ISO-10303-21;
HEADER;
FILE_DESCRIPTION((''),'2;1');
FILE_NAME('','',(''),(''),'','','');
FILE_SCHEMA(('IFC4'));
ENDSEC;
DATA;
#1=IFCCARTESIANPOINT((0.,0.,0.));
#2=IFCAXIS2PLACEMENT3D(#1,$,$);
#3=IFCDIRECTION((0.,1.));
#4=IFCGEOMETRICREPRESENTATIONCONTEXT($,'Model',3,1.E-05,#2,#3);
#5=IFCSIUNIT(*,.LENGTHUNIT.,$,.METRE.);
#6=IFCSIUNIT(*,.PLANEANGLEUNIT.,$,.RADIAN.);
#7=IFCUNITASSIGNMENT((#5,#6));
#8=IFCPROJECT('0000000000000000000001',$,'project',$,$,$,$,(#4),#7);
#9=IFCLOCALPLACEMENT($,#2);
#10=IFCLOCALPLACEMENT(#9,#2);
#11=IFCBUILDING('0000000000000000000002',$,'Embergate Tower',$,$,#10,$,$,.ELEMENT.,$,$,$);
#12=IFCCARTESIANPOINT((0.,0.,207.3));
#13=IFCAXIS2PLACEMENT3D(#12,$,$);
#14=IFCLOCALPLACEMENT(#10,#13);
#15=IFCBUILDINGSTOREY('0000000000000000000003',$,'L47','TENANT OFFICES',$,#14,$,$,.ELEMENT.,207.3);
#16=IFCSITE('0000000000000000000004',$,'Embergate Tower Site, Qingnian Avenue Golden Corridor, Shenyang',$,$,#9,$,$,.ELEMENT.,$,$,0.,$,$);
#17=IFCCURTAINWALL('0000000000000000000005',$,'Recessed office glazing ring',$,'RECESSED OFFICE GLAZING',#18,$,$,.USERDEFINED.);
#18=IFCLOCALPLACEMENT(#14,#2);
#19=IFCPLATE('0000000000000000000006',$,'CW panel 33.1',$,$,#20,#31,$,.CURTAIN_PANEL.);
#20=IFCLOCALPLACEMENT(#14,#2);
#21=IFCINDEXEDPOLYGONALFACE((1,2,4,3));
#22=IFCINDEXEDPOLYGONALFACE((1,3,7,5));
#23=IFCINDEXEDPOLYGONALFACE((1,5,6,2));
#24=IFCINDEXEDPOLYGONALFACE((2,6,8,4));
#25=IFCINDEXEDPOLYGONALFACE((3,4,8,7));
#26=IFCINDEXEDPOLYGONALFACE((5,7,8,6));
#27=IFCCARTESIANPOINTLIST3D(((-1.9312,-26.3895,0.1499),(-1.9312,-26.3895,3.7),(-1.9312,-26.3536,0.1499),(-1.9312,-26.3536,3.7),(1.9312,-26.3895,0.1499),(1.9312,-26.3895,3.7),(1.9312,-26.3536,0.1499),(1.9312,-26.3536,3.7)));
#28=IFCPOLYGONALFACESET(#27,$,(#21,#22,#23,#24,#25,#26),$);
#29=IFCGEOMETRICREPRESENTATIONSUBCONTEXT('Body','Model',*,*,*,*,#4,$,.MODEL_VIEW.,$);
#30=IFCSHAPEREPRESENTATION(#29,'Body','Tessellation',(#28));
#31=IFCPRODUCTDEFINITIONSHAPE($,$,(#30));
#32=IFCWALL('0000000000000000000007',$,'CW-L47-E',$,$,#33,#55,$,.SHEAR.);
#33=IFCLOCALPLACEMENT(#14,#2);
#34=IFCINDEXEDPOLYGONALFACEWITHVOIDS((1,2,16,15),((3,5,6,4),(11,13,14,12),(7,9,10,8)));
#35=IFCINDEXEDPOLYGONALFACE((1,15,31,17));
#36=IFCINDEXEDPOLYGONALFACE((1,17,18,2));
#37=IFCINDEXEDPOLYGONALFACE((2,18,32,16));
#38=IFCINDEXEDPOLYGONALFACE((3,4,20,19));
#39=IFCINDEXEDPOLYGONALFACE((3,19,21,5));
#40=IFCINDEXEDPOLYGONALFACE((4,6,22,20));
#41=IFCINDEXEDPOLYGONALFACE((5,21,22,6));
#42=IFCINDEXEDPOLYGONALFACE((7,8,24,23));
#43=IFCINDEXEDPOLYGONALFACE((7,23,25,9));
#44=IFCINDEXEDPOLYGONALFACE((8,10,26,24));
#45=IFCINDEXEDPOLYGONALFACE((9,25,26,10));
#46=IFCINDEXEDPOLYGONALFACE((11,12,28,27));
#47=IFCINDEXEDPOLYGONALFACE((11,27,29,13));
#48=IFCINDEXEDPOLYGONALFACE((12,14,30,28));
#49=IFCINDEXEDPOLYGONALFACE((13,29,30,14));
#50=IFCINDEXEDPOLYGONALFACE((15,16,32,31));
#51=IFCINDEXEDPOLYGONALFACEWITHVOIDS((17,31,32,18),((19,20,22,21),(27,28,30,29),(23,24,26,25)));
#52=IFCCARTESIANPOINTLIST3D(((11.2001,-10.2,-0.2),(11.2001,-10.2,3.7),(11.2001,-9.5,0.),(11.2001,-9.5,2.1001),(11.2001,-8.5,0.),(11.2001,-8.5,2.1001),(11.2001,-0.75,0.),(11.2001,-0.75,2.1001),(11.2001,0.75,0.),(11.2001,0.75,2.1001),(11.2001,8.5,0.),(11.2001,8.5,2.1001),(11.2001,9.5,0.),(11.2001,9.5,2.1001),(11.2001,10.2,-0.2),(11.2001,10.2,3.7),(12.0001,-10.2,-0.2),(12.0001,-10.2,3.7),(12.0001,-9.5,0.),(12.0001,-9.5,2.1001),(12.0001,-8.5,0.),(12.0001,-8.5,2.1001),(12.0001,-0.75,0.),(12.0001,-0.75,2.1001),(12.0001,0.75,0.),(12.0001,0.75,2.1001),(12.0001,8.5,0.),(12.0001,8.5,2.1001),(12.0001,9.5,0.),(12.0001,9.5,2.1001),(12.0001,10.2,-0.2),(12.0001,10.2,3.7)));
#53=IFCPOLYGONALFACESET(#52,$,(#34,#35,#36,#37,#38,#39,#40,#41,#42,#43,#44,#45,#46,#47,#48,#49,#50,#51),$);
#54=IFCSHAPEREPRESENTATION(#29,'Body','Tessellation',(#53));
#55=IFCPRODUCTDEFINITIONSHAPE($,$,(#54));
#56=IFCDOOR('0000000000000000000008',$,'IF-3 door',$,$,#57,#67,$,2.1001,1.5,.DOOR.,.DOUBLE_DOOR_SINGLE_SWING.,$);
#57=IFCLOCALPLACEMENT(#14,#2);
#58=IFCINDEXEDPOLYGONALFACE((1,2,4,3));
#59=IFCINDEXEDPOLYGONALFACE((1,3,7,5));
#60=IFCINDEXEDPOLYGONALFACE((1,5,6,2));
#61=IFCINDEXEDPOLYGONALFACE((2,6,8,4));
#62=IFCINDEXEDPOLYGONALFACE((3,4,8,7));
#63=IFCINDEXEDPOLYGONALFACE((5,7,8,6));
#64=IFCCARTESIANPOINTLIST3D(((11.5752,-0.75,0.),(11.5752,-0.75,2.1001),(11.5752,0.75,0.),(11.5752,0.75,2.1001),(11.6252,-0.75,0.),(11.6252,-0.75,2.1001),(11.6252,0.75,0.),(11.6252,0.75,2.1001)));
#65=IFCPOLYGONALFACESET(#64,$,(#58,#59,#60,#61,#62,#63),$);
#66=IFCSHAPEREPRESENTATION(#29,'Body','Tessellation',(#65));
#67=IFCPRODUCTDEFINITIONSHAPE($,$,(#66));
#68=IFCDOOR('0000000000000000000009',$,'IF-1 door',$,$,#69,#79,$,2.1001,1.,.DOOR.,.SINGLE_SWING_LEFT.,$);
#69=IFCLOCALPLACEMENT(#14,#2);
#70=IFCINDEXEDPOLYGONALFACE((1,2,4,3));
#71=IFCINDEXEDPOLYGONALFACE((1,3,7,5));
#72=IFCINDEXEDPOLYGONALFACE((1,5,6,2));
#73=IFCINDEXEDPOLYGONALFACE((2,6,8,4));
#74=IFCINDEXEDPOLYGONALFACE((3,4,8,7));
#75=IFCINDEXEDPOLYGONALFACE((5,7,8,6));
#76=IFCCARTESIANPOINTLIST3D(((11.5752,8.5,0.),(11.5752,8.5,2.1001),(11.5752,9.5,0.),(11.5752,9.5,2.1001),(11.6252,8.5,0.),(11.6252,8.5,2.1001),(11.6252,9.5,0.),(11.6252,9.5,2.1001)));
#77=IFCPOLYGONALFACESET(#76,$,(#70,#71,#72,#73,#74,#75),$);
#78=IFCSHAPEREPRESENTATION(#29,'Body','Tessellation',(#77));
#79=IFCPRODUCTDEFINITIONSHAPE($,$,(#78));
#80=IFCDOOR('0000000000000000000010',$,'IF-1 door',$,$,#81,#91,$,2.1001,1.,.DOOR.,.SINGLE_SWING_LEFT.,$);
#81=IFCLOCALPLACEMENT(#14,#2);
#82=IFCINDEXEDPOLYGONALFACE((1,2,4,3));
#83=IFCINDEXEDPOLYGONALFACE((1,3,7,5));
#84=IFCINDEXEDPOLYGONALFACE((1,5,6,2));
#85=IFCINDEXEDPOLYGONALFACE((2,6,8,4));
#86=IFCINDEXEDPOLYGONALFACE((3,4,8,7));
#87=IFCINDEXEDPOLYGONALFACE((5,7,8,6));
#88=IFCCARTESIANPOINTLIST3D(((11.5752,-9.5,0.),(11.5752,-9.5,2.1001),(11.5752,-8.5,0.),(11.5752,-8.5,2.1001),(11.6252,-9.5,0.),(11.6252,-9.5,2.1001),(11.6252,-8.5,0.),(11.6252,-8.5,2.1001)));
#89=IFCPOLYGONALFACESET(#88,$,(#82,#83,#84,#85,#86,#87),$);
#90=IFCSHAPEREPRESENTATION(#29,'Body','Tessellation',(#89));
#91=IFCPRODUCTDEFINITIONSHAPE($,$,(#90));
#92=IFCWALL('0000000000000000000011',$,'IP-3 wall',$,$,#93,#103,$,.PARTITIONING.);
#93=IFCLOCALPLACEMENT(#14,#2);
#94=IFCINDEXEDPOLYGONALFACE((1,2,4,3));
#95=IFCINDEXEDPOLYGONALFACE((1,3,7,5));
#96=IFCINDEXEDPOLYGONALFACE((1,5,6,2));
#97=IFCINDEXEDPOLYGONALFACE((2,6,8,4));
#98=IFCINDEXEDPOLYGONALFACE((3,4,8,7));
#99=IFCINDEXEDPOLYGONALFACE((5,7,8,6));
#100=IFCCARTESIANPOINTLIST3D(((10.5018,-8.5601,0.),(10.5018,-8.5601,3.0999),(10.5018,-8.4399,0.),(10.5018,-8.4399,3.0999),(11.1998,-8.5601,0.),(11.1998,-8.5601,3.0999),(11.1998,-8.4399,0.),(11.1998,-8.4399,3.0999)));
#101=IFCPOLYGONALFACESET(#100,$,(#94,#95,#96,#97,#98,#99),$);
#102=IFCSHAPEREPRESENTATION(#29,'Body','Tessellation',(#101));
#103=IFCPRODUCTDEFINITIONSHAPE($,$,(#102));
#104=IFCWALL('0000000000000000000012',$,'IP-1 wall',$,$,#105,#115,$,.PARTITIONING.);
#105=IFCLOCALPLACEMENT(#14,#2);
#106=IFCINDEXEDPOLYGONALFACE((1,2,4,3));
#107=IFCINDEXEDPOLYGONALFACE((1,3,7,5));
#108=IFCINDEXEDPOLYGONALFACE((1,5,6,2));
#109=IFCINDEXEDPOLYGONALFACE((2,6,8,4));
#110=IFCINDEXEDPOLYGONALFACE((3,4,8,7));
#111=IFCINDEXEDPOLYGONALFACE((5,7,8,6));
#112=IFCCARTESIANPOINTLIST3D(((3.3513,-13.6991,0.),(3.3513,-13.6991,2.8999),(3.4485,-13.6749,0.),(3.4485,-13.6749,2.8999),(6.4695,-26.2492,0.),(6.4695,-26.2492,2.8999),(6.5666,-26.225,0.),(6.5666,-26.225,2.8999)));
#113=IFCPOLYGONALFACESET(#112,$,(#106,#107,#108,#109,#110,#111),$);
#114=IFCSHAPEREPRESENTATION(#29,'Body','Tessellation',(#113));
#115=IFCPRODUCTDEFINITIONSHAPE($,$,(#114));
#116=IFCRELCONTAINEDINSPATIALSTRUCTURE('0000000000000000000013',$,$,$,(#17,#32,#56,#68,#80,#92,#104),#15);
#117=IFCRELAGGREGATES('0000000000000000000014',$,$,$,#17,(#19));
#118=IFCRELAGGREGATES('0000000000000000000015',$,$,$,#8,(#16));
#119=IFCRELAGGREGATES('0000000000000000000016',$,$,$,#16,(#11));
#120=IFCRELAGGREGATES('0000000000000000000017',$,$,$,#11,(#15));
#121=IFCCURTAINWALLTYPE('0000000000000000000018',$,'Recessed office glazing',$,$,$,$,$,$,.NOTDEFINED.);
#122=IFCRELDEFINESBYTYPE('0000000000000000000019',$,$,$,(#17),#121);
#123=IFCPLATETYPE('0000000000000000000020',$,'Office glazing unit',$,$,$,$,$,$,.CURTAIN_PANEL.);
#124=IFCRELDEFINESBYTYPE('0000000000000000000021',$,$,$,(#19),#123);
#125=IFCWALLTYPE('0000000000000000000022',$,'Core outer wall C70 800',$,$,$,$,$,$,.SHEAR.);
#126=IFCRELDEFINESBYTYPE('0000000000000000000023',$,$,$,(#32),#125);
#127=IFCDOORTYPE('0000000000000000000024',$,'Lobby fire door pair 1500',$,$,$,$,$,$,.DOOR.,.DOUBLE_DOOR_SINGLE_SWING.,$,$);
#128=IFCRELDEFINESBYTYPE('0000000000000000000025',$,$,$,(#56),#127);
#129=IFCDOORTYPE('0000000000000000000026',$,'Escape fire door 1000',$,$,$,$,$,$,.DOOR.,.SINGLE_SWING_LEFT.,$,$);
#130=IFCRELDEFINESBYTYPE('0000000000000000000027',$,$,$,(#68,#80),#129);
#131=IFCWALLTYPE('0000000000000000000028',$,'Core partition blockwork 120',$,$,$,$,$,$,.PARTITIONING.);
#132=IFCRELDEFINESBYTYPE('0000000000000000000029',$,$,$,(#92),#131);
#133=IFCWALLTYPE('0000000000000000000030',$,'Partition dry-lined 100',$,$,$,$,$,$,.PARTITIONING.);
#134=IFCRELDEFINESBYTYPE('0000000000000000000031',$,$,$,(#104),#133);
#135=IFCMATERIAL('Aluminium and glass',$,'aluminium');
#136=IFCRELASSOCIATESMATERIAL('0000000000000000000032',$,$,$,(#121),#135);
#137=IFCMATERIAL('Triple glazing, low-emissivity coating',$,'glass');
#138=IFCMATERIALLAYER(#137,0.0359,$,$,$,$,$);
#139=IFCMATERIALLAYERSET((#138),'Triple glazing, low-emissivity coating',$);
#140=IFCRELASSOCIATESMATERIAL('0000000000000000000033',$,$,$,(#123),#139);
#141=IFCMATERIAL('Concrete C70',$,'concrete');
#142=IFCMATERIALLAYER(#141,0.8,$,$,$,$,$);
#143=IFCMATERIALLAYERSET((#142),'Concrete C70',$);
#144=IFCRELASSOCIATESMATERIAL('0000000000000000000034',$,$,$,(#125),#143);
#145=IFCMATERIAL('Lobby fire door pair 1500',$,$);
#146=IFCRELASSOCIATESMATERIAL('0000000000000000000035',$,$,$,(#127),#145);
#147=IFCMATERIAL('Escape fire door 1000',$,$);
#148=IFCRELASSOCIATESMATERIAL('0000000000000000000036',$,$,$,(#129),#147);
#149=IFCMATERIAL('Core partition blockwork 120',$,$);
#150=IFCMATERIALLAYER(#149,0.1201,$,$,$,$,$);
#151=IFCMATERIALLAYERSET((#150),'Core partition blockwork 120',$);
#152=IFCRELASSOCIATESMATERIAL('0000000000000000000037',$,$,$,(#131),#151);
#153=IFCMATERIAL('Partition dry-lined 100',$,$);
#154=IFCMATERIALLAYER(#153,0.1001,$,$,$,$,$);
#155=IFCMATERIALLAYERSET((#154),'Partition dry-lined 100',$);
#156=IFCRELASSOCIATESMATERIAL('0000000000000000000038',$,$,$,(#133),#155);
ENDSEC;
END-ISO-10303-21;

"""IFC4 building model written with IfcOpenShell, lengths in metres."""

from ifc_helpers import new_model, si_unit, direction, frame, frame_2d, origin, origin_2d, place, context, subcontext, project, spatial, rectangle, extrude, source, transform, mapped, material, layer, layer_set, type_object, element, fill, aggregate, save


model = new_model("IFC4")

# Units and contexts
model_context = context("Model", 3, precision=1e-05, world=origin(), true_north=direction((0.0, 1.0)))
body_context = subcontext(model_context, "Body", "Model", "MODEL_VIEW")
ifc_project = project(units=[si_unit("LENGTHUNIT", "METRE"), si_unit("PLANEANGLEUNIT", "RADIAN")], contexts=[model_context])

# Site, building, storey
site_placement = place(None, origin())
site = spatial("IfcSite", under=ifc_project, at=site_placement, Name="Embergate Tower Site, Qingnian Avenue Golden Corridor, Shenyang", CompositionType="ELEMENT", RefElevation=0.0)
building_placement = place(site_placement, origin())
building = spatial("IfcBuilding", under=site, at=building_placement, Name="Embergate Tower", CompositionType="ELEMENT")
storey_placement = place(building_placement, frame((0.0, 0.0, 207.3)))
storey = spatial("IfcBuildingStorey", under=building, at=storey_placement, Name="L47", Description="TENANT OFFICES", CompositionType="ELEMENT", Elevation=207.3)

# Curtain wall, plate
ifc_material_1 = material(Name="Aluminium and glass", Category="aluminium")
curtain_wall_type = type_object("IfcCurtainWallType", Name="Recessed office glazing", PredefinedType="NOTDEFINED", material=ifc_material_1)
curtain_wall_placement = place(storey_placement, origin())
curtain_wall = element("IfcCurtainWall", 1, at=curtain_wall_placement, inside=storey, type_object=curtain_wall_type, Name="Recessed office glazing ring", ObjectType="RECESSED OFFICE GLAZING", PredefinedType="USERDEFINED")
ifc_material_2 = material(Name="Triple glazing, low-emissivity coating", Category="glass")
ifc_layer_1 = layer(ifc_material_2, 0.0359)
ifc_layer_set_1 = layer_set([ifc_layer_1], Name="Triple glazing, low-emissivity coating")
plate_type = type_object("IfcPlateType", Name="Office glazing unit", PredefinedType="CURTAIN_PANEL", material=ifc_layer_set_1)
shared_shape_1 = source(origin(), body_context, "Body", "SweptSolid", [
    extrude(rectangle(XDim=3.8623, YDim=0.0359, at=origin_2d()), origin(), (0.0, 0.0, 1.0), 3.55),
])
plate_1_placement = place(storey_placement, frame((0.0, -26.3716, 0.1499), z_axis=(0.0, 0.0, 1.0), x_axis=(1.0, 0.0, 0.0)))
plate_1 = element("IfcPlate", 2, at=plate_1_placement, type_object=plate_type, Name="CW panel 33.1", PredefinedType="CURTAIN_PANEL", context=body_context, shape_type="MappedRepresentation", body=[
    mapped(shared_shape_1, transform((0.0, 0.0, 0.0))),
])
aggregate(curtain_wall, [plate_1])

# Wall, openings, doors
ifc_material_3 = material(Name="Concrete C70", Category="concrete")
ifc_layer_2 = layer(ifc_material_3, 0.8)
ifc_layer_set_2 = layer_set([ifc_layer_2], Name="Concrete C70")
wall_type_1 = type_object("IfcWallType", Name="Core outer wall C70 800", PredefinedType="SHEAR", material=ifc_layer_set_2)
shared_shape_2 = source(origin(), body_context, "Body", "SweptSolid", [
    extrude(rectangle(XDim=20.3999, YDim=0.8, at=frame_2d((10.2, 0.0))), origin(), (0.0, 0.0, 1.0), 3.8999),
])
wall_1_placement = place(storey_placement, frame((11.6001, -10.2, -0.2), z_axis=(0.0, 0.0, 1.0), x_axis=(0.0, 1.0, 0.0)))
wall_1 = element("IfcWall", 3, at=wall_1_placement, inside=storey, type_object=wall_type_1, Name="CW-L47-E", PredefinedType="SHEAR", context=body_context, shape_type="MappedRepresentation", body=[
    mapped(shared_shape_2, transform((0.0, 0.0, 0.0))),
])
shared_shape_3 = source(origin(), body_context, "Body", "SweptSolid", [
    extrude(rectangle(XDim=1.0, YDim=2.1001, at=frame_2d((0.5, 1.05))), frame((0.0, 0.4099, 0.0), z_axis=(0.0, -1.0, 0.0), x_axis=(1.0, 0.0, 0.0)), (0.0, 0.0, 1.0), 0.8201),
])
opening_1_placement = place(wall_1_placement, frame((18.7, 0.0, 0.2)))
opening_1 = element("IfcOpeningElement", 4, at=opening_1_placement, cuts=wall_1, PredefinedType="OPENING", context=body_context, shape_type="MappedRepresentation", body=[
    mapped(shared_shape_3, transform((0.0, 0.0, 0.0))),
])
opening_2_placement = place(wall_1_placement, frame((0.7, 0.0, 0.2)))
opening_2 = element("IfcOpeningElement", 5, at=opening_2_placement, cuts=wall_1, PredefinedType="OPENING", context=body_context, shape_type="MappedRepresentation", body=[
    mapped(shared_shape_3, transform((0.0, 0.0, 0.0))),
])
shared_shape_4 = source(origin(), body_context, "Body", "SweptSolid", [
    extrude(rectangle(XDim=1.5, YDim=2.1001, at=frame_2d((0.75, 1.05))), frame((0.0, 0.4099, 0.0), z_axis=(0.0, -1.0, 0.0), x_axis=(1.0, 0.0, 0.0)), (0.0, 0.0, 1.0), 0.8201),
])
opening_3_placement = place(wall_1_placement, frame((9.45, 0.0, 0.2)))
opening_3 = element("IfcOpeningElement", 6, at=opening_3_placement, cuts=wall_1, PredefinedType="OPENING", context=body_context, shape_type="MappedRepresentation", body=[
    mapped(shared_shape_4, transform((0.0, 0.0, 0.0))),
])
ifc_material_4 = material(Name="Lobby fire door pair 1500")
door_type_1 = type_object("IfcDoorType", Name="Lobby fire door pair 1500", OperationType="DOUBLE_DOOR_SINGLE_SWING", PredefinedType="DOOR", material=ifc_material_4)
shared_shape_5 = source(origin(), body_context, "Body", "SweptSolid", [
    extrude(rectangle(XDim=1.5, YDim=2.1001, at=frame_2d((0.75, 1.05))), frame((0.0, 0.0249, 0.0), z_axis=(0.0, -1.0, 0.0), x_axis=(1.0, 0.0, 0.0)), (0.0, 0.0, 1.0), 0.05),
])
door_1_placement = place(opening_3_placement, origin())
door_1 = element("IfcDoor", 7, at=door_1_placement, inside=storey, type_object=door_type_1, Name="IF-3 door", OperationType="DOUBLE_DOOR_SINGLE_SWING", OverallHeight=2.1001, OverallWidth=1.5, PredefinedType="DOOR", context=body_context, shape_type="MappedRepresentation", body=[
    mapped(shared_shape_5, transform((0.0, 0.0, 0.0))),
])
fill(opening_3, door_1)
ifc_material_5 = material(Name="Escape fire door 1000")
door_type_2 = type_object("IfcDoorType", Name="Escape fire door 1000", OperationType="SINGLE_SWING_LEFT", PredefinedType="DOOR", material=ifc_material_5)
shared_shape_6 = source(origin(), body_context, "Body", "SweptSolid", [
    extrude(rectangle(XDim=1.0, YDim=2.1001, at=frame_2d((0.5, 1.05))), frame((0.0, 0.0249, 0.0), z_axis=(0.0, -1.0, 0.0), x_axis=(1.0, 0.0, 0.0)), (0.0, 0.0, 1.0), 0.05),
])
door_2_placement = place(opening_1_placement, origin())
door_2 = element("IfcDoor", 8, at=door_2_placement, inside=storey, type_object=door_type_2, Name="IF-1 door", OperationType="SINGLE_SWING_LEFT", OverallHeight=2.1001, OverallWidth=1.0, PredefinedType="DOOR", context=body_context, shape_type="MappedRepresentation", body=[
    mapped(shared_shape_6, transform((0.0, 0.0, 0.0))),
])
fill(opening_1, door_2)
door_3_placement = place(opening_2_placement, origin())
door_3 = element("IfcDoor", 9, at=door_3_placement, inside=storey, type_object=door_type_2, Name="IF-1 door", OperationType="SINGLE_SWING_LEFT", OverallHeight=2.1001, OverallWidth=1.0, PredefinedType="DOOR", context=body_context, shape_type="MappedRepresentation", body=[
    mapped(shared_shape_6, transform((0.0, 0.0, 0.0))),
])
fill(opening_2, door_3)

# Walls
ifc_material_6 = material(Name="Core partition blockwork 120")
ifc_layer_3 = layer(ifc_material_6, 0.1201)
ifc_layer_set_3 = layer_set([ifc_layer_3], Name="Core partition blockwork 120")
wall_type_2 = type_object("IfcWallType", Name="Core partition blockwork 120", PredefinedType="PARTITIONING", material=ifc_layer_set_3)
shared_shape_7 = source(origin(), body_context, "Body", "SweptSolid", [
    extrude(rectangle(XDim=0.698, YDim=0.1201, at=frame_2d((0.3491, 0.0))), origin(), (0.0, 0.0, 1.0), 3.0999),
])
wall_2_placement = place(storey_placement, frame((11.2, -8.5, 0.0), z_axis=(0.0, 0.0, 1.0), x_axis=(-1.0, 0.0, 0.0)))
element("IfcWall", 10, at=wall_2_placement, inside=storey, type_object=wall_type_2, Name="IP-3 wall", PredefinedType="PARTITIONING", context=body_context, shape_type="MappedRepresentation", body=[
    mapped(shared_shape_7, transform((0.0, 0.0, 0.0))),
])
ifc_material_7 = material(Name="Partition dry-lined 100")
ifc_layer_4 = layer(ifc_material_7, 0.1001)
ifc_layer_set_4 = layer_set([ifc_layer_4], Name="Partition dry-lined 100")
wall_type_3 = type_object("IfcWallType", Name="Partition dry-lined 100", PredefinedType="PARTITIONING", material=ifc_layer_set_4)
shared_shape_8 = source(origin(), body_context, "Body", "SweptSolid", [
    extrude(rectangle(XDim=12.9316, YDim=0.1001, at=frame_2d((6.4658, 0.0))), origin(), (0.0, 0.0, 1.0), 2.8999),
])
wall_3_placement = place(storey_placement, frame((3.3999, -13.687, 0.0), z_axis=(0.0, 0.0, 1.0), x_axis=(0.241127, -0.970494, 0.0)))
element("IfcWall", 11, at=wall_3_placement, inside=storey, type_object=wall_type_3, Name="IP-1 wall", PredefinedType="PARTITIONING", context=body_context, shape_type="MappedRepresentation", body=[
    mapped(shared_shape_8, transform((0.0, 0.0, 0.0))),
])

save(model, "model.ifc")
